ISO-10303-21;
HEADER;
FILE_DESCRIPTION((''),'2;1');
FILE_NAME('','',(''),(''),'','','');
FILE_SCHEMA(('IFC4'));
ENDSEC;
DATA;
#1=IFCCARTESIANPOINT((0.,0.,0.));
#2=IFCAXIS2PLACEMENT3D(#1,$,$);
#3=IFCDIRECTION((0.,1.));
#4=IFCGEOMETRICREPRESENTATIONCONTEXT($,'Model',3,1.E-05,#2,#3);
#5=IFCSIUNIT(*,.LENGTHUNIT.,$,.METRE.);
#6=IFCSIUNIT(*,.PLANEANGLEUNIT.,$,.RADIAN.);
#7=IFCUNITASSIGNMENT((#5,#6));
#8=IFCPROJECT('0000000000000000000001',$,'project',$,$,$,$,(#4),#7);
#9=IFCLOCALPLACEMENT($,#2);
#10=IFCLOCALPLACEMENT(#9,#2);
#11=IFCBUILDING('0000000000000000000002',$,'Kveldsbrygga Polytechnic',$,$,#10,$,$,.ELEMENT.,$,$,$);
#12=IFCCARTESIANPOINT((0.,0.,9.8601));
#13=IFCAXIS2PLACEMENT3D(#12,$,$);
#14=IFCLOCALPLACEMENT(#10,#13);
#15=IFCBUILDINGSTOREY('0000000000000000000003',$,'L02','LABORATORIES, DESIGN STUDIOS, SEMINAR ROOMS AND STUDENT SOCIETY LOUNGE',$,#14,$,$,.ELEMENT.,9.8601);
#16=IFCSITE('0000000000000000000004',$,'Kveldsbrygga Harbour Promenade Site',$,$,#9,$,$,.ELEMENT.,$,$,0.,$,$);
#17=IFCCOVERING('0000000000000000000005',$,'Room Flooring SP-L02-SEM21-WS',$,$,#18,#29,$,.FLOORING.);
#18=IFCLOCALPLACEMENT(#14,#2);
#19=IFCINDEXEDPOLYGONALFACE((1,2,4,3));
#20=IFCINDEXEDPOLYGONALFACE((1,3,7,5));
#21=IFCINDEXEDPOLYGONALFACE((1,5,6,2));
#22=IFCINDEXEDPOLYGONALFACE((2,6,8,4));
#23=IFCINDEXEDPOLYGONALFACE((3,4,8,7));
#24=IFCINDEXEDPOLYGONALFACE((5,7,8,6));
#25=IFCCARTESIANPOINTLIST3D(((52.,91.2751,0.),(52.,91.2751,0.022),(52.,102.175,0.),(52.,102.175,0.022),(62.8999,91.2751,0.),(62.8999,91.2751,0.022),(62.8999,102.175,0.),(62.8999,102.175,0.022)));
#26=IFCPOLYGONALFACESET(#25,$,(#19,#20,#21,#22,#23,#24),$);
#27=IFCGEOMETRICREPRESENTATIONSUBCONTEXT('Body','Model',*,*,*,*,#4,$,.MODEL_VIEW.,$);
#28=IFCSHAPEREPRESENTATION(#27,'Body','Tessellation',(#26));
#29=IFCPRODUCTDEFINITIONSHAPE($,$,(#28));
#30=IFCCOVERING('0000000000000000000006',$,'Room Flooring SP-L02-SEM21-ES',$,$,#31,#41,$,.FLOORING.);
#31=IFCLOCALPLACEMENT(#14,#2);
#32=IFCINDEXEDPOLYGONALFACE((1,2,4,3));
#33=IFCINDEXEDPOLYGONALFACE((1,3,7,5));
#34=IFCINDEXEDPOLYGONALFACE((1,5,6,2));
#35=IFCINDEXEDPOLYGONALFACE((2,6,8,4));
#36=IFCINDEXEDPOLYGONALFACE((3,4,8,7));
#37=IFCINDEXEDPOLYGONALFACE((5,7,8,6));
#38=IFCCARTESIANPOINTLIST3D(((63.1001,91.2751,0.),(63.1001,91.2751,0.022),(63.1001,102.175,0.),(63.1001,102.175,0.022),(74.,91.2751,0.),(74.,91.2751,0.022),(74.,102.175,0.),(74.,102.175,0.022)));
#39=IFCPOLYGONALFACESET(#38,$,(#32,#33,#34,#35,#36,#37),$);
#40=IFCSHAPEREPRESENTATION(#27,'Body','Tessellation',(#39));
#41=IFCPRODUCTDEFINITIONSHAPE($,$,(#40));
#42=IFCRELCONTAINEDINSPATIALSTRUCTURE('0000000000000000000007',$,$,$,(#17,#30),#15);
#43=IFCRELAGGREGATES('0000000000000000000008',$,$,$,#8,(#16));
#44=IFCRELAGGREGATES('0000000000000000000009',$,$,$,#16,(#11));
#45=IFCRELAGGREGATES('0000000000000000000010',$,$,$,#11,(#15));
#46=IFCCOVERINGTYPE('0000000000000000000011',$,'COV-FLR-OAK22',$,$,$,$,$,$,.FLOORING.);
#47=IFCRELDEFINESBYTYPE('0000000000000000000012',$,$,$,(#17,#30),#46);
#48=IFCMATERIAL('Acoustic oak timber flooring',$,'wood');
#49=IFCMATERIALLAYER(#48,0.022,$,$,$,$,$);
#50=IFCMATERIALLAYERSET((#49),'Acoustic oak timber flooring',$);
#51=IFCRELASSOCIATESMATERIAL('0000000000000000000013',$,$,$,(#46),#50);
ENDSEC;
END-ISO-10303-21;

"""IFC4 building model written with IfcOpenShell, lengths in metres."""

from ifc_helpers import new_model, si_unit, direction, frame, origin, origin_2d, place, context, subcontext, project, spatial, rectangle, extrude, material, layer, layer_set, type_object, element, save


model = new_model("IFC4")

# Units and contexts
model_context = context("Model", 3, precision=1e-05, world=origin(), true_north=direction((0.0, 1.0)))
body_context = subcontext(model_context, "Body", "Model", "MODEL_VIEW")
ifc_project = project(units=[si_unit("LENGTHUNIT", "METRE"), si_unit("PLANEANGLEUNIT", "RADIAN")], contexts=[model_context])

# Site, building, storey
site_placement = place(None, origin())
site = spatial("IfcSite", under=ifc_project, at=site_placement, Name="Kveldsbrygga Harbour Promenade Site", CompositionType="ELEMENT", RefElevation=0.0)
building_placement = place(site_placement, origin())
building = spatial("IfcBuilding", under=site, at=building_placement, Name="Kveldsbrygga Polytechnic", CompositionType="ELEMENT")
storey_placement = place(building_placement, frame((0.0, 0.0, 9.8601)))
storey = spatial("IfcBuildingStorey", under=building, at=storey_placement, Name="L02", Description="LABORATORIES, DESIGN STUDIOS, SEMINAR ROOMS AND STUDENT SOCIETY LOUNGE", CompositionType="ELEMENT", Elevation=9.8601)

# Coverings
ifc_material_1 = material(Name="Acoustic oak timber flooring", Category="wood")
ifc_layer_1 = layer(ifc_material_1, 0.022)
ifc_layer_set_1 = layer_set([ifc_layer_1], Name="Acoustic oak timber flooring")
covering_type = type_object("IfcCoveringType", Name="COV-FLR-OAK22", PredefinedType="FLOORING", material=ifc_layer_set_1)
for number, where, z_axis, x_axis, name in (
    (1, (57.45, 96.7251, 0.0), (0.0, 0.0, 1.0), (1.0, 0.0, 0.0), "Room Flooring SP-L02-SEM21-WS"),
    (2, (68.55, 96.7251, 0.0), (0.0, 0.0, 1.0), (1.0, 0.0, 0.0), "Room Flooring SP-L02-SEM21-ES"),
):
    element("IfcCovering", number, at=place(storey_placement, frame(where, z_axis=z_axis, x_axis=x_axis)), inside=storey, type_object=covering_type, Name=name, PredefinedType="FLOORING", context=body_context, shape_type="SweptSolid", body=[
        extrude(rectangle(XDim=10.8999, YDim=10.8999, at=origin_2d()), origin(), (0.0, 0.0, 1.0), 0.022),
    ])

save(model, "model.ifc")
